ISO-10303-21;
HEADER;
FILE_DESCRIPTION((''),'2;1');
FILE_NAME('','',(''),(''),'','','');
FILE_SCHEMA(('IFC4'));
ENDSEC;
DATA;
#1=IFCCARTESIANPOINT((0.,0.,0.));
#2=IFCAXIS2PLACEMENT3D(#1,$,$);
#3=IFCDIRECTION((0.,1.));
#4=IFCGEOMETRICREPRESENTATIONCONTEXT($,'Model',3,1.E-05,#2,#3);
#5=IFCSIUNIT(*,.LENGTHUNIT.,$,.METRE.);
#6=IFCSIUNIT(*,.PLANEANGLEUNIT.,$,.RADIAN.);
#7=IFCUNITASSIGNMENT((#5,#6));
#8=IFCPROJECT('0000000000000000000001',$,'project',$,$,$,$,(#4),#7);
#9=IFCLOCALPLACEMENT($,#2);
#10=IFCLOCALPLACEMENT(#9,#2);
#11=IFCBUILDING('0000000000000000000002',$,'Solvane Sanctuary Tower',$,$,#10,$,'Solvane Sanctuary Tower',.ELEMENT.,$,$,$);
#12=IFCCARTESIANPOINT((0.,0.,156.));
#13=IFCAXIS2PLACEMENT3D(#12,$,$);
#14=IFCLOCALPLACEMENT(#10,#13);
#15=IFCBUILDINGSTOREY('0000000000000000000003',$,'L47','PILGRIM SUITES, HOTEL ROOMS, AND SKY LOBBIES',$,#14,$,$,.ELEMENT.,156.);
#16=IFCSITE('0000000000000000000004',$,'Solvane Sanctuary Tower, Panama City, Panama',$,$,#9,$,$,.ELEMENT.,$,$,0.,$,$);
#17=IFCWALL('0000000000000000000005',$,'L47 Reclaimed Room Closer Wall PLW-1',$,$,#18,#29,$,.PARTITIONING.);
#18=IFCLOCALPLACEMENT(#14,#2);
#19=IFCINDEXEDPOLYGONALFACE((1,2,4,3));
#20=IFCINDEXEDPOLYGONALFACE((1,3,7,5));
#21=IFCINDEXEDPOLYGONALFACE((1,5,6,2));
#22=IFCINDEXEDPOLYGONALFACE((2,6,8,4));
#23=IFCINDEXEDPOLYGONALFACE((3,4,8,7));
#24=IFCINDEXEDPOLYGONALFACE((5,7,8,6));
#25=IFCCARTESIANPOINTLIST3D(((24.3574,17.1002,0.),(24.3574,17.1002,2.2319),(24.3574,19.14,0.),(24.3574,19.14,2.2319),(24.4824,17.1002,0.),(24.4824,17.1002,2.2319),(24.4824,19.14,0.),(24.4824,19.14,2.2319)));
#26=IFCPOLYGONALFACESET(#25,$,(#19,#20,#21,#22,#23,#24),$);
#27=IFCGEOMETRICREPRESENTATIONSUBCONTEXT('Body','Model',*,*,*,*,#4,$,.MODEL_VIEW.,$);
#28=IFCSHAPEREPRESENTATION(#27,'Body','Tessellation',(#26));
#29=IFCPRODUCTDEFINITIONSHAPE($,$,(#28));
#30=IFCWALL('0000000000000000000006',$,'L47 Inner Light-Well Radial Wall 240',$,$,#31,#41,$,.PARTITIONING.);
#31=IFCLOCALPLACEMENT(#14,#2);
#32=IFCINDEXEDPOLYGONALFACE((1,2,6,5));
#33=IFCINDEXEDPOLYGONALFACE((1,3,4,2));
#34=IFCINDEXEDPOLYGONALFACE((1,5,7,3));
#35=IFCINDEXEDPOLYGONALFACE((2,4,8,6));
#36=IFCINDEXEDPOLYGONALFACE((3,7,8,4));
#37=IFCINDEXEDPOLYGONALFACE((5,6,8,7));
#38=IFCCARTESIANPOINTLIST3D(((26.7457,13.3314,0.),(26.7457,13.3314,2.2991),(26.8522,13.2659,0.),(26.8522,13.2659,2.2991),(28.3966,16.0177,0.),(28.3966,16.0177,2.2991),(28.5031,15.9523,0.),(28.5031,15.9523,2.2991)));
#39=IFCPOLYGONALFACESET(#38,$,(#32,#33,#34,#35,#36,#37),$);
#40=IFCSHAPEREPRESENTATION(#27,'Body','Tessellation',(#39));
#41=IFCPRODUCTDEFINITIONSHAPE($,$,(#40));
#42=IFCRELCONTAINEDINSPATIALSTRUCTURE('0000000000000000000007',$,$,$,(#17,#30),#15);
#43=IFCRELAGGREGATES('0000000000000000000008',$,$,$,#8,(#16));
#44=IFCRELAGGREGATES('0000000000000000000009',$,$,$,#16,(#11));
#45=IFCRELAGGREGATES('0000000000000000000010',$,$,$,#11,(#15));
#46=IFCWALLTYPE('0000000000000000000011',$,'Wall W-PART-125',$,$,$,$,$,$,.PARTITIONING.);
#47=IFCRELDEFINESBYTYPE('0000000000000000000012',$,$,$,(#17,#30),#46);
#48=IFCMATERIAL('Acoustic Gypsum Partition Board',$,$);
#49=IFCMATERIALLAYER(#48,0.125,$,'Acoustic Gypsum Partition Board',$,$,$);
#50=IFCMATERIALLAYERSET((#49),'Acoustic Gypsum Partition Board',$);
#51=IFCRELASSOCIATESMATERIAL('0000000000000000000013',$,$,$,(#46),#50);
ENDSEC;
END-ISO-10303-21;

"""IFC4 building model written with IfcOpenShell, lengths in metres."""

from ifc_helpers import new_model, si_unit, direction, frame, frame_2d, origin, place, context, subcontext, project, spatial, rectangle, extrude, material, layer, layer_set, type_object, element, save


model = new_model("IFC4")

# Units and contexts
model_context = context("Model", 3, precision=1e-05, world=origin(), true_north=direction((0.0, 1.0)))
body_context = subcontext(model_context, "Body", "Model", "MODEL_VIEW")
ifc_project = project(units=[si_unit("LENGTHUNIT", "METRE"), si_unit("PLANEANGLEUNIT", "RADIAN")], contexts=[model_context])

# Site, building, storey
site_placement = place(None, origin())
site = spatial("IfcSite", under=ifc_project, at=site_placement, Name="Solvane Sanctuary Tower, Panama City, Panama", CompositionType="ELEMENT", RefElevation=0.0)
building_placement = place(site_placement, origin())
building = spatial("IfcBuilding", under=site, at=building_placement, Name="Solvane Sanctuary Tower", LongName="Solvane Sanctuary Tower", CompositionType="ELEMENT")
storey_placement = place(building_placement, frame((0.0, 0.0, 156.0)))
storey = spatial("IfcBuildingStorey", under=building, at=storey_placement, Name="L47", Description="PILGRIM SUITES, HOTEL ROOMS, AND SKY LOBBIES", CompositionType="ELEMENT", Elevation=156.0)

# Shared definitions
ifc_material_1 = material(Name="Acoustic Gypsum Partition Board")
ifc_layer_1 = layer(ifc_material_1, 0.125, Name="Acoustic Gypsum Partition Board")
ifc_layer_set_1 = layer_set([ifc_layer_1], Name="Acoustic Gypsum Partition Board")
wall_type_1 = type_object("IfcWallType", Name="Wall W-PART-125", PredefinedType="PARTITIONING", material=ifc_layer_set_1)

# Walls
wall_1_placement = place(storey_placement, frame((24.4199, 17.1001, 0.0), z_axis=(0.0, 0.0, 1.0), x_axis=(0.0, 1.0, 0.0)))
element("IfcWall", 1, at=wall_1_placement, inside=storey, type_object=wall_type_1, Name="L47 Reclaimed Room Closer Wall PLW-1", PredefinedType="PARTITIONING", context=body_context, shape_type="SweptSolid", body=[
    extrude(rectangle(XDim=2.0398, YDim=0.125, at=frame_2d((1.02, 0.0))), origin(), (0.0, 0.0, 1.0), 2.2319),
])
wall_2_placement = place(storey_placement, frame((28.45, 15.9851, 0.0), z_axis=(0.0, 0.0, 1.0), x_axis=(-0.523588, -0.851972, 0.0)))
element("IfcWall", 2, at=wall_2_placement, inside=storey, type_object=wall_type_1, Name="L47 Inner Light-Well Radial Wall 240", PredefinedType="PARTITIONING", context=body_context, shape_type="SweptSolid", body=[
    extrude(rectangle(XDim=3.1531, YDim=0.125, at=frame_2d((1.5767, 0.0))), origin(), (0.0, 0.0, 1.0), 2.2991),
])

save(model, "model.ifc")
